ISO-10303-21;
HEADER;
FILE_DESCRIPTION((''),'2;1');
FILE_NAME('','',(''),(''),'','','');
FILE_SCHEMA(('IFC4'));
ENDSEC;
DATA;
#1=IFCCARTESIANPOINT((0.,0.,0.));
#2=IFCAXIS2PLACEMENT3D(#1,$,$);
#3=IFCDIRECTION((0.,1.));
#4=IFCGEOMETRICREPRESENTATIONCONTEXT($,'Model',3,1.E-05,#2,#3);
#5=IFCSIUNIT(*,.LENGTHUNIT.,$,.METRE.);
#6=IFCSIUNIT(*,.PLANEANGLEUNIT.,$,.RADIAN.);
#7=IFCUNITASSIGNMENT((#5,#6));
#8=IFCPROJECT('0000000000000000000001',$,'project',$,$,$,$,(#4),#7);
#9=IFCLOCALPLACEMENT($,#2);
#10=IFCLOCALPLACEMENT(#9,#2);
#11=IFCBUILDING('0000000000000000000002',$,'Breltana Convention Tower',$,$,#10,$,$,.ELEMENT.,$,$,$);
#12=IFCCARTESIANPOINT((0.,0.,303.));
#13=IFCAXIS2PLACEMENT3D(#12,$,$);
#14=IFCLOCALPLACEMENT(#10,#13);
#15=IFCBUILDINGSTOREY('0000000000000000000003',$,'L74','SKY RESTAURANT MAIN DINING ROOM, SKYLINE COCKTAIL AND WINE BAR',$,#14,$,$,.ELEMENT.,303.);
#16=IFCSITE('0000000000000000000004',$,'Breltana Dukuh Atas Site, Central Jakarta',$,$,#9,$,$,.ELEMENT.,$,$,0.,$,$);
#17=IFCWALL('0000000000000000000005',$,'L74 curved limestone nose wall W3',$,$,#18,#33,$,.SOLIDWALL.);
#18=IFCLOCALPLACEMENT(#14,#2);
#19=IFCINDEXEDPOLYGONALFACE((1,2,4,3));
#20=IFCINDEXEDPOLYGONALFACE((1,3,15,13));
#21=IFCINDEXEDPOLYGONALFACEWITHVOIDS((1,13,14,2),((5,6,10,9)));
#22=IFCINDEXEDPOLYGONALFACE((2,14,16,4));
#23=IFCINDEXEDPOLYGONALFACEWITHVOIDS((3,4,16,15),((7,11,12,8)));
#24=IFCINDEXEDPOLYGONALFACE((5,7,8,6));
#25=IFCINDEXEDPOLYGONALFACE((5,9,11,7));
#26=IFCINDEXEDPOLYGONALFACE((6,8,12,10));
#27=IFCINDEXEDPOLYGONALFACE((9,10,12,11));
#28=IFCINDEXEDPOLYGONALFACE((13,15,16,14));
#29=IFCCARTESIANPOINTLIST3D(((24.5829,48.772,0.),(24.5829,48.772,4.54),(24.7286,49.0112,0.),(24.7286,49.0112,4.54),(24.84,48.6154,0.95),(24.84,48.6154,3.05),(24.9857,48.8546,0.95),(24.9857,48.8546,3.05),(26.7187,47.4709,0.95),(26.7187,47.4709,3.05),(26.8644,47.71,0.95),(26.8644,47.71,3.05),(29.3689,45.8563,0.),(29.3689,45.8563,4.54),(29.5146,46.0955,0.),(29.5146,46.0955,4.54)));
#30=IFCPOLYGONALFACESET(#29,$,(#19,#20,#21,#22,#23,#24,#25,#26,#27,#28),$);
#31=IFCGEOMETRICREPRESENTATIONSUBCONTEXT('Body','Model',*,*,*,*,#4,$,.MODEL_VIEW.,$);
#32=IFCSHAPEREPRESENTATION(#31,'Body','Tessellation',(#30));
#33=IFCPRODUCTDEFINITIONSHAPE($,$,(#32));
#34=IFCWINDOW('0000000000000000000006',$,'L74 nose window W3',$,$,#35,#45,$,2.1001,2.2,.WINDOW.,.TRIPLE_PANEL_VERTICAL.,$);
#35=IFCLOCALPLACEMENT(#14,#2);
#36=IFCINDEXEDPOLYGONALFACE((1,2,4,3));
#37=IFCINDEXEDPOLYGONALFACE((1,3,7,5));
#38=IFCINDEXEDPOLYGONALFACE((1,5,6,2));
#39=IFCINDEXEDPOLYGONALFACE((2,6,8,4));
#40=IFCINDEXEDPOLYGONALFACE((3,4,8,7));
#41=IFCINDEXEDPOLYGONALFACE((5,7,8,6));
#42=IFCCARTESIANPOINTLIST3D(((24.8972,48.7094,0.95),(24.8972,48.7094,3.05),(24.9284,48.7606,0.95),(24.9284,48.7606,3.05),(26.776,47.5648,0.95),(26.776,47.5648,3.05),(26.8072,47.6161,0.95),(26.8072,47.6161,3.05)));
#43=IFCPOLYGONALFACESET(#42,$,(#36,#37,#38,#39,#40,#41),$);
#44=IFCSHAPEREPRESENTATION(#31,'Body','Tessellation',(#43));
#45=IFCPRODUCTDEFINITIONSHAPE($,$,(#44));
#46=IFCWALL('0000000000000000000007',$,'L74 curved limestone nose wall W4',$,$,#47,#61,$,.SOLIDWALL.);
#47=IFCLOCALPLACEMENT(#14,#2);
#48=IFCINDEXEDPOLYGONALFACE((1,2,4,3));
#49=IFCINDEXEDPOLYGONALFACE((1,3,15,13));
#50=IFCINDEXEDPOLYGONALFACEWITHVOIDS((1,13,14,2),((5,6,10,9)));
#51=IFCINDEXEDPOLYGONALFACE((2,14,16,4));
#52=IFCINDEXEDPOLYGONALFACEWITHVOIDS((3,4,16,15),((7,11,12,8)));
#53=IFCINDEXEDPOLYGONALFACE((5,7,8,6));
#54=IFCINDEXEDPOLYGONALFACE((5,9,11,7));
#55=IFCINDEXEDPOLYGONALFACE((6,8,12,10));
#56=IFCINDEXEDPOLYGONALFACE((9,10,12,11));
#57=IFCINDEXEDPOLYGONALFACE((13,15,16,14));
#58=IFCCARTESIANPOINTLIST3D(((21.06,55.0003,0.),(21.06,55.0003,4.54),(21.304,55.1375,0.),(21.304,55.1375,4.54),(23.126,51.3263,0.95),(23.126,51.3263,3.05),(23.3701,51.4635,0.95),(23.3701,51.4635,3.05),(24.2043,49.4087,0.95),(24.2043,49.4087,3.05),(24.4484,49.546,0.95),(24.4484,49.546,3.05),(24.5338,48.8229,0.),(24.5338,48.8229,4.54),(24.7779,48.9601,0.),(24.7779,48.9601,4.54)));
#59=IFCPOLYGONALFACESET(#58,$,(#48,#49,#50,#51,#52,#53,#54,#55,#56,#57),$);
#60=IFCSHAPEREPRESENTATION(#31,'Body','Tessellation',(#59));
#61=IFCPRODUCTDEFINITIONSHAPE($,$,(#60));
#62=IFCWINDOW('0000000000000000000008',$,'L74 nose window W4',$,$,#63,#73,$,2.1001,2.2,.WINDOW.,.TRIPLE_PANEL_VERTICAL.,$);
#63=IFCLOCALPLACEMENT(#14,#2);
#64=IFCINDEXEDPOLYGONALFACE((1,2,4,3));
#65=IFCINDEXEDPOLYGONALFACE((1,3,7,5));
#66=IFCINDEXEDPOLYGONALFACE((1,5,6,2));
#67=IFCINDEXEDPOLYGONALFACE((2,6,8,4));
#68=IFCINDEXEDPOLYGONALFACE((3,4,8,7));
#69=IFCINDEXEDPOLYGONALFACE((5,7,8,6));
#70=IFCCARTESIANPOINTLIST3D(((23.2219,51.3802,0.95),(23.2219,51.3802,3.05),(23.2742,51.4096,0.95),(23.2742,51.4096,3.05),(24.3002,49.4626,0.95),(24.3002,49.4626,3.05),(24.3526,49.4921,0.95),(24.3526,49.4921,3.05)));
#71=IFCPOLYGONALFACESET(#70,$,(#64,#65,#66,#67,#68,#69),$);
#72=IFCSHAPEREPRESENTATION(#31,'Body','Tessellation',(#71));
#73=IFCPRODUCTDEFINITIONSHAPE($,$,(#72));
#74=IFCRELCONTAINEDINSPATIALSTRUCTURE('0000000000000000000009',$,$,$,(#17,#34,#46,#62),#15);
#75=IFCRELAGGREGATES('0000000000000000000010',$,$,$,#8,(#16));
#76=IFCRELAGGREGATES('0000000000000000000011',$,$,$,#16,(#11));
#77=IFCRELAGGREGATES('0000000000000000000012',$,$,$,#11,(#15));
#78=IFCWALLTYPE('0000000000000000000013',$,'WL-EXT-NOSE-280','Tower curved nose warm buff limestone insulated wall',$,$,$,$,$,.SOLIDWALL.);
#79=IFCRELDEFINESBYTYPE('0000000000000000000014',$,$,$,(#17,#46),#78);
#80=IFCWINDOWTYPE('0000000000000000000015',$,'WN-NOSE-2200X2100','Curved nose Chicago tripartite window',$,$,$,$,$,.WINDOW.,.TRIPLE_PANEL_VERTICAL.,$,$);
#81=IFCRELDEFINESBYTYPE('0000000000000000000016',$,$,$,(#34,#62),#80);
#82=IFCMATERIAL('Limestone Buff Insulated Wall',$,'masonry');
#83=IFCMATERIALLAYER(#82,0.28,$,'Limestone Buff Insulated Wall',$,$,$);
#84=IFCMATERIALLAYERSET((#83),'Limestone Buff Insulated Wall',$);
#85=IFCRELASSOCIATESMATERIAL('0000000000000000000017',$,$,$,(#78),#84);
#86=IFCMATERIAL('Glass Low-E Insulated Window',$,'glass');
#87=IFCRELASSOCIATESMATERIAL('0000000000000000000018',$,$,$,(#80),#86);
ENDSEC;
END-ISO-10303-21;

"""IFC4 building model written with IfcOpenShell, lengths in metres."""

from ifc_helpers import new_model, si_unit, direction, frame, frame_2d, origin, place, context, subcontext, project, spatial, rectangle, extrude, source, transform, mapped, material, layer, layer_set, type_object, type_shapes, element, fill, save


model = new_model("IFC4")

# Units and contexts
model_context = context("Model", 3, precision=1e-05, world=origin(), true_north=direction((0.0, 1.0)))
body_context = subcontext(model_context, "Body", "Model", "MODEL_VIEW")
ifc_project = project(units=[si_unit("LENGTHUNIT", "METRE"), si_unit("PLANEANGLEUNIT", "RADIAN")], contexts=[model_context])

# Site, building, storey
site_placement = place(None, origin())
site = spatial("IfcSite", under=ifc_project, at=site_placement, Name="Breltana Dukuh Atas Site, Central Jakarta", CompositionType="ELEMENT", RefElevation=0.0)
building_placement = place(site_placement, origin())
building = spatial("IfcBuilding", under=site, at=building_placement, Name="Breltana Convention Tower", CompositionType="ELEMENT")
storey_placement = place(building_placement, frame((0.0, 0.0, 303.0)))
storey = spatial("IfcBuildingStorey", under=building, at=storey_placement, Name="L74", Description="SKY RESTAURANT MAIN DINING ROOM, SKYLINE COCKTAIL AND WINE BAR", CompositionType="ELEMENT", Elevation=303.0)

# Shared definitions
ifc_material_1 = material(Name="Limestone Buff Insulated Wall", Category="masonry")
ifc_layer_1 = layer(ifc_material_1, 0.28, Name="Limestone Buff Insulated Wall")
ifc_layer_set_1 = layer_set([ifc_layer_1], Name="Limestone Buff Insulated Wall")
wall_type = type_object("IfcWallType", Name="WL-EXT-NOSE-280", Description="Tower curved nose warm buff limestone insulated wall", PredefinedType="SOLIDWALL", material=ifc_layer_set_1)

# Walls, openings, windows
ifc_material_2 = material(Name="Glass Low-E Insulated Window", Category="glass")
window_type = type_object("IfcWindowType", Name="WN-NOSE-2200X2100", Description="Curved nose Chicago tripartite window", PartitioningType="TRIPLE_PANEL_VERTICAL", PredefinedType="WINDOW", material=ifc_material_2)
shared_shape_1 = source(origin(), body_context, "Body", "SweptSolid", [
    extrude(rectangle(XDim=2.2, YDim=2.1001, at=frame_2d((1.1001, 1.05))), frame((0.0, 0.03, 0.0), z_axis=(0.0, -1.0, 0.0), x_axis=(1.0, 0.0, 0.0)), (0.0, 0.0, 1.0), 0.0601),
])
type_shapes(window_type, [shared_shape_1])
shared_shape_2 = source(origin(), body_context, "Body", "SweptSolid", [
    extrude(rectangle(XDim=5.6042, YDim=0.28, at=frame_2d((2.8022, 0.0))), origin(), (0.0, 0.0, 1.0), 4.54),
])
wall_1_placement = place(storey_placement, frame((29.4419, 45.9758, 0.0), z_axis=(0.0, 0.0, 1.0), x_axis=(-0.854002, 0.520269, 0.0)))
wall_1 = element("IfcWall", 1, at=wall_1_placement, inside=storey, type_object=wall_type, Name="L74 curved limestone nose wall W3", PredefinedType="SOLIDWALL", context=body_context, shape_type="MappedRepresentation", body=[
    mapped(shared_shape_2, transform((0.0, 0.0, 0.0), scale=1.0)),
])
opening_1_placement = place(wall_1_placement, frame((3.1033, 0.0, 0.95)))
opening_1 = element("IfcOpeningElement", 2, at=opening_1_placement, cuts=wall_1, PredefinedType="OPENING", context=body_context, shape_type="SweptSolid", body=[
    extrude(rectangle(XDim=2.2, YDim=2.1001, at=frame_2d((1.1001, 1.05))), frame((0.0, 0.1499, 0.0), z_axis=(0.0, -1.0, 0.0), x_axis=(1.0, 0.0, 0.0)), (0.0, 0.0, 1.0), 0.3),
])
window_1_placement = place(opening_1_placement, origin())
window_1 = element("IfcWindow", 3, at=window_1_placement, inside=storey, type_object=window_type, Name="L74 nose window W3", OverallHeight=2.1001, OverallWidth=2.2, PartitioningType="TRIPLE_PANEL_VERTICAL", PredefinedType="WINDOW", context=body_context, shape_type="MappedRepresentation", body=[
    mapped(shared_shape_1, transform((0.0, 0.0, 0.0), scale=1.0)),
])
fill(opening_1, window_1)
shared_shape_3 = source(origin(), body_context, "Body", "SweptSolid", [
    extrude(rectangle(XDim=7.0872, YDim=0.28, at=frame_2d((3.5435, 0.0))), origin(), (0.0, 0.0, 1.0), 4.54),
])
wall_2_placement = place(storey_placement, frame((24.6558, 48.8916, 0.0), z_axis=(0.0, 0.0, 1.0), x_axis=(-0.490158, 0.871633, 0.0)))
wall_2 = element("IfcWall", 4, at=wall_2_placement, inside=storey, type_object=wall_type, Name="L74 curved limestone nose wall W4", PredefinedType="SOLIDWALL", context=body_context, shape_type="MappedRepresentation", body=[
    mapped(shared_shape_3, transform((0.0, 0.0, 0.0), scale=1.0)),
])
opening_2_placement = place(wall_2_placement, frame((0.6719, 0.0, 0.95)))
opening_2 = element("IfcOpeningElement", 5, at=opening_2_placement, cuts=wall_2, PredefinedType="OPENING", context=body_context, shape_type="SweptSolid", body=[
    extrude(rectangle(XDim=2.2, YDim=2.1001, at=frame_2d((1.1001, 1.05))), frame((0.0, 0.1499, 0.0), z_axis=(0.0, -1.0, 0.0), x_axis=(1.0, 0.0, 0.0)), (0.0, 0.0, 1.0), 0.3),
])
window_2_placement = place(opening_2_placement, origin())
window_2 = element("IfcWindow", 6, at=window_2_placement, inside=storey, type_object=window_type, Name="L74 nose window W4", OverallHeight=2.1001, OverallWidth=2.2, PartitioningType="TRIPLE_PANEL_VERTICAL", PredefinedType="WINDOW", context=body_context, shape_type="MappedRepresentation", body=[
    mapped(shared_shape_1, transform((0.0, 0.0, 0.0), scale=1.0)),
])
fill(opening_2, window_2)

save(model, "model.ifc")
